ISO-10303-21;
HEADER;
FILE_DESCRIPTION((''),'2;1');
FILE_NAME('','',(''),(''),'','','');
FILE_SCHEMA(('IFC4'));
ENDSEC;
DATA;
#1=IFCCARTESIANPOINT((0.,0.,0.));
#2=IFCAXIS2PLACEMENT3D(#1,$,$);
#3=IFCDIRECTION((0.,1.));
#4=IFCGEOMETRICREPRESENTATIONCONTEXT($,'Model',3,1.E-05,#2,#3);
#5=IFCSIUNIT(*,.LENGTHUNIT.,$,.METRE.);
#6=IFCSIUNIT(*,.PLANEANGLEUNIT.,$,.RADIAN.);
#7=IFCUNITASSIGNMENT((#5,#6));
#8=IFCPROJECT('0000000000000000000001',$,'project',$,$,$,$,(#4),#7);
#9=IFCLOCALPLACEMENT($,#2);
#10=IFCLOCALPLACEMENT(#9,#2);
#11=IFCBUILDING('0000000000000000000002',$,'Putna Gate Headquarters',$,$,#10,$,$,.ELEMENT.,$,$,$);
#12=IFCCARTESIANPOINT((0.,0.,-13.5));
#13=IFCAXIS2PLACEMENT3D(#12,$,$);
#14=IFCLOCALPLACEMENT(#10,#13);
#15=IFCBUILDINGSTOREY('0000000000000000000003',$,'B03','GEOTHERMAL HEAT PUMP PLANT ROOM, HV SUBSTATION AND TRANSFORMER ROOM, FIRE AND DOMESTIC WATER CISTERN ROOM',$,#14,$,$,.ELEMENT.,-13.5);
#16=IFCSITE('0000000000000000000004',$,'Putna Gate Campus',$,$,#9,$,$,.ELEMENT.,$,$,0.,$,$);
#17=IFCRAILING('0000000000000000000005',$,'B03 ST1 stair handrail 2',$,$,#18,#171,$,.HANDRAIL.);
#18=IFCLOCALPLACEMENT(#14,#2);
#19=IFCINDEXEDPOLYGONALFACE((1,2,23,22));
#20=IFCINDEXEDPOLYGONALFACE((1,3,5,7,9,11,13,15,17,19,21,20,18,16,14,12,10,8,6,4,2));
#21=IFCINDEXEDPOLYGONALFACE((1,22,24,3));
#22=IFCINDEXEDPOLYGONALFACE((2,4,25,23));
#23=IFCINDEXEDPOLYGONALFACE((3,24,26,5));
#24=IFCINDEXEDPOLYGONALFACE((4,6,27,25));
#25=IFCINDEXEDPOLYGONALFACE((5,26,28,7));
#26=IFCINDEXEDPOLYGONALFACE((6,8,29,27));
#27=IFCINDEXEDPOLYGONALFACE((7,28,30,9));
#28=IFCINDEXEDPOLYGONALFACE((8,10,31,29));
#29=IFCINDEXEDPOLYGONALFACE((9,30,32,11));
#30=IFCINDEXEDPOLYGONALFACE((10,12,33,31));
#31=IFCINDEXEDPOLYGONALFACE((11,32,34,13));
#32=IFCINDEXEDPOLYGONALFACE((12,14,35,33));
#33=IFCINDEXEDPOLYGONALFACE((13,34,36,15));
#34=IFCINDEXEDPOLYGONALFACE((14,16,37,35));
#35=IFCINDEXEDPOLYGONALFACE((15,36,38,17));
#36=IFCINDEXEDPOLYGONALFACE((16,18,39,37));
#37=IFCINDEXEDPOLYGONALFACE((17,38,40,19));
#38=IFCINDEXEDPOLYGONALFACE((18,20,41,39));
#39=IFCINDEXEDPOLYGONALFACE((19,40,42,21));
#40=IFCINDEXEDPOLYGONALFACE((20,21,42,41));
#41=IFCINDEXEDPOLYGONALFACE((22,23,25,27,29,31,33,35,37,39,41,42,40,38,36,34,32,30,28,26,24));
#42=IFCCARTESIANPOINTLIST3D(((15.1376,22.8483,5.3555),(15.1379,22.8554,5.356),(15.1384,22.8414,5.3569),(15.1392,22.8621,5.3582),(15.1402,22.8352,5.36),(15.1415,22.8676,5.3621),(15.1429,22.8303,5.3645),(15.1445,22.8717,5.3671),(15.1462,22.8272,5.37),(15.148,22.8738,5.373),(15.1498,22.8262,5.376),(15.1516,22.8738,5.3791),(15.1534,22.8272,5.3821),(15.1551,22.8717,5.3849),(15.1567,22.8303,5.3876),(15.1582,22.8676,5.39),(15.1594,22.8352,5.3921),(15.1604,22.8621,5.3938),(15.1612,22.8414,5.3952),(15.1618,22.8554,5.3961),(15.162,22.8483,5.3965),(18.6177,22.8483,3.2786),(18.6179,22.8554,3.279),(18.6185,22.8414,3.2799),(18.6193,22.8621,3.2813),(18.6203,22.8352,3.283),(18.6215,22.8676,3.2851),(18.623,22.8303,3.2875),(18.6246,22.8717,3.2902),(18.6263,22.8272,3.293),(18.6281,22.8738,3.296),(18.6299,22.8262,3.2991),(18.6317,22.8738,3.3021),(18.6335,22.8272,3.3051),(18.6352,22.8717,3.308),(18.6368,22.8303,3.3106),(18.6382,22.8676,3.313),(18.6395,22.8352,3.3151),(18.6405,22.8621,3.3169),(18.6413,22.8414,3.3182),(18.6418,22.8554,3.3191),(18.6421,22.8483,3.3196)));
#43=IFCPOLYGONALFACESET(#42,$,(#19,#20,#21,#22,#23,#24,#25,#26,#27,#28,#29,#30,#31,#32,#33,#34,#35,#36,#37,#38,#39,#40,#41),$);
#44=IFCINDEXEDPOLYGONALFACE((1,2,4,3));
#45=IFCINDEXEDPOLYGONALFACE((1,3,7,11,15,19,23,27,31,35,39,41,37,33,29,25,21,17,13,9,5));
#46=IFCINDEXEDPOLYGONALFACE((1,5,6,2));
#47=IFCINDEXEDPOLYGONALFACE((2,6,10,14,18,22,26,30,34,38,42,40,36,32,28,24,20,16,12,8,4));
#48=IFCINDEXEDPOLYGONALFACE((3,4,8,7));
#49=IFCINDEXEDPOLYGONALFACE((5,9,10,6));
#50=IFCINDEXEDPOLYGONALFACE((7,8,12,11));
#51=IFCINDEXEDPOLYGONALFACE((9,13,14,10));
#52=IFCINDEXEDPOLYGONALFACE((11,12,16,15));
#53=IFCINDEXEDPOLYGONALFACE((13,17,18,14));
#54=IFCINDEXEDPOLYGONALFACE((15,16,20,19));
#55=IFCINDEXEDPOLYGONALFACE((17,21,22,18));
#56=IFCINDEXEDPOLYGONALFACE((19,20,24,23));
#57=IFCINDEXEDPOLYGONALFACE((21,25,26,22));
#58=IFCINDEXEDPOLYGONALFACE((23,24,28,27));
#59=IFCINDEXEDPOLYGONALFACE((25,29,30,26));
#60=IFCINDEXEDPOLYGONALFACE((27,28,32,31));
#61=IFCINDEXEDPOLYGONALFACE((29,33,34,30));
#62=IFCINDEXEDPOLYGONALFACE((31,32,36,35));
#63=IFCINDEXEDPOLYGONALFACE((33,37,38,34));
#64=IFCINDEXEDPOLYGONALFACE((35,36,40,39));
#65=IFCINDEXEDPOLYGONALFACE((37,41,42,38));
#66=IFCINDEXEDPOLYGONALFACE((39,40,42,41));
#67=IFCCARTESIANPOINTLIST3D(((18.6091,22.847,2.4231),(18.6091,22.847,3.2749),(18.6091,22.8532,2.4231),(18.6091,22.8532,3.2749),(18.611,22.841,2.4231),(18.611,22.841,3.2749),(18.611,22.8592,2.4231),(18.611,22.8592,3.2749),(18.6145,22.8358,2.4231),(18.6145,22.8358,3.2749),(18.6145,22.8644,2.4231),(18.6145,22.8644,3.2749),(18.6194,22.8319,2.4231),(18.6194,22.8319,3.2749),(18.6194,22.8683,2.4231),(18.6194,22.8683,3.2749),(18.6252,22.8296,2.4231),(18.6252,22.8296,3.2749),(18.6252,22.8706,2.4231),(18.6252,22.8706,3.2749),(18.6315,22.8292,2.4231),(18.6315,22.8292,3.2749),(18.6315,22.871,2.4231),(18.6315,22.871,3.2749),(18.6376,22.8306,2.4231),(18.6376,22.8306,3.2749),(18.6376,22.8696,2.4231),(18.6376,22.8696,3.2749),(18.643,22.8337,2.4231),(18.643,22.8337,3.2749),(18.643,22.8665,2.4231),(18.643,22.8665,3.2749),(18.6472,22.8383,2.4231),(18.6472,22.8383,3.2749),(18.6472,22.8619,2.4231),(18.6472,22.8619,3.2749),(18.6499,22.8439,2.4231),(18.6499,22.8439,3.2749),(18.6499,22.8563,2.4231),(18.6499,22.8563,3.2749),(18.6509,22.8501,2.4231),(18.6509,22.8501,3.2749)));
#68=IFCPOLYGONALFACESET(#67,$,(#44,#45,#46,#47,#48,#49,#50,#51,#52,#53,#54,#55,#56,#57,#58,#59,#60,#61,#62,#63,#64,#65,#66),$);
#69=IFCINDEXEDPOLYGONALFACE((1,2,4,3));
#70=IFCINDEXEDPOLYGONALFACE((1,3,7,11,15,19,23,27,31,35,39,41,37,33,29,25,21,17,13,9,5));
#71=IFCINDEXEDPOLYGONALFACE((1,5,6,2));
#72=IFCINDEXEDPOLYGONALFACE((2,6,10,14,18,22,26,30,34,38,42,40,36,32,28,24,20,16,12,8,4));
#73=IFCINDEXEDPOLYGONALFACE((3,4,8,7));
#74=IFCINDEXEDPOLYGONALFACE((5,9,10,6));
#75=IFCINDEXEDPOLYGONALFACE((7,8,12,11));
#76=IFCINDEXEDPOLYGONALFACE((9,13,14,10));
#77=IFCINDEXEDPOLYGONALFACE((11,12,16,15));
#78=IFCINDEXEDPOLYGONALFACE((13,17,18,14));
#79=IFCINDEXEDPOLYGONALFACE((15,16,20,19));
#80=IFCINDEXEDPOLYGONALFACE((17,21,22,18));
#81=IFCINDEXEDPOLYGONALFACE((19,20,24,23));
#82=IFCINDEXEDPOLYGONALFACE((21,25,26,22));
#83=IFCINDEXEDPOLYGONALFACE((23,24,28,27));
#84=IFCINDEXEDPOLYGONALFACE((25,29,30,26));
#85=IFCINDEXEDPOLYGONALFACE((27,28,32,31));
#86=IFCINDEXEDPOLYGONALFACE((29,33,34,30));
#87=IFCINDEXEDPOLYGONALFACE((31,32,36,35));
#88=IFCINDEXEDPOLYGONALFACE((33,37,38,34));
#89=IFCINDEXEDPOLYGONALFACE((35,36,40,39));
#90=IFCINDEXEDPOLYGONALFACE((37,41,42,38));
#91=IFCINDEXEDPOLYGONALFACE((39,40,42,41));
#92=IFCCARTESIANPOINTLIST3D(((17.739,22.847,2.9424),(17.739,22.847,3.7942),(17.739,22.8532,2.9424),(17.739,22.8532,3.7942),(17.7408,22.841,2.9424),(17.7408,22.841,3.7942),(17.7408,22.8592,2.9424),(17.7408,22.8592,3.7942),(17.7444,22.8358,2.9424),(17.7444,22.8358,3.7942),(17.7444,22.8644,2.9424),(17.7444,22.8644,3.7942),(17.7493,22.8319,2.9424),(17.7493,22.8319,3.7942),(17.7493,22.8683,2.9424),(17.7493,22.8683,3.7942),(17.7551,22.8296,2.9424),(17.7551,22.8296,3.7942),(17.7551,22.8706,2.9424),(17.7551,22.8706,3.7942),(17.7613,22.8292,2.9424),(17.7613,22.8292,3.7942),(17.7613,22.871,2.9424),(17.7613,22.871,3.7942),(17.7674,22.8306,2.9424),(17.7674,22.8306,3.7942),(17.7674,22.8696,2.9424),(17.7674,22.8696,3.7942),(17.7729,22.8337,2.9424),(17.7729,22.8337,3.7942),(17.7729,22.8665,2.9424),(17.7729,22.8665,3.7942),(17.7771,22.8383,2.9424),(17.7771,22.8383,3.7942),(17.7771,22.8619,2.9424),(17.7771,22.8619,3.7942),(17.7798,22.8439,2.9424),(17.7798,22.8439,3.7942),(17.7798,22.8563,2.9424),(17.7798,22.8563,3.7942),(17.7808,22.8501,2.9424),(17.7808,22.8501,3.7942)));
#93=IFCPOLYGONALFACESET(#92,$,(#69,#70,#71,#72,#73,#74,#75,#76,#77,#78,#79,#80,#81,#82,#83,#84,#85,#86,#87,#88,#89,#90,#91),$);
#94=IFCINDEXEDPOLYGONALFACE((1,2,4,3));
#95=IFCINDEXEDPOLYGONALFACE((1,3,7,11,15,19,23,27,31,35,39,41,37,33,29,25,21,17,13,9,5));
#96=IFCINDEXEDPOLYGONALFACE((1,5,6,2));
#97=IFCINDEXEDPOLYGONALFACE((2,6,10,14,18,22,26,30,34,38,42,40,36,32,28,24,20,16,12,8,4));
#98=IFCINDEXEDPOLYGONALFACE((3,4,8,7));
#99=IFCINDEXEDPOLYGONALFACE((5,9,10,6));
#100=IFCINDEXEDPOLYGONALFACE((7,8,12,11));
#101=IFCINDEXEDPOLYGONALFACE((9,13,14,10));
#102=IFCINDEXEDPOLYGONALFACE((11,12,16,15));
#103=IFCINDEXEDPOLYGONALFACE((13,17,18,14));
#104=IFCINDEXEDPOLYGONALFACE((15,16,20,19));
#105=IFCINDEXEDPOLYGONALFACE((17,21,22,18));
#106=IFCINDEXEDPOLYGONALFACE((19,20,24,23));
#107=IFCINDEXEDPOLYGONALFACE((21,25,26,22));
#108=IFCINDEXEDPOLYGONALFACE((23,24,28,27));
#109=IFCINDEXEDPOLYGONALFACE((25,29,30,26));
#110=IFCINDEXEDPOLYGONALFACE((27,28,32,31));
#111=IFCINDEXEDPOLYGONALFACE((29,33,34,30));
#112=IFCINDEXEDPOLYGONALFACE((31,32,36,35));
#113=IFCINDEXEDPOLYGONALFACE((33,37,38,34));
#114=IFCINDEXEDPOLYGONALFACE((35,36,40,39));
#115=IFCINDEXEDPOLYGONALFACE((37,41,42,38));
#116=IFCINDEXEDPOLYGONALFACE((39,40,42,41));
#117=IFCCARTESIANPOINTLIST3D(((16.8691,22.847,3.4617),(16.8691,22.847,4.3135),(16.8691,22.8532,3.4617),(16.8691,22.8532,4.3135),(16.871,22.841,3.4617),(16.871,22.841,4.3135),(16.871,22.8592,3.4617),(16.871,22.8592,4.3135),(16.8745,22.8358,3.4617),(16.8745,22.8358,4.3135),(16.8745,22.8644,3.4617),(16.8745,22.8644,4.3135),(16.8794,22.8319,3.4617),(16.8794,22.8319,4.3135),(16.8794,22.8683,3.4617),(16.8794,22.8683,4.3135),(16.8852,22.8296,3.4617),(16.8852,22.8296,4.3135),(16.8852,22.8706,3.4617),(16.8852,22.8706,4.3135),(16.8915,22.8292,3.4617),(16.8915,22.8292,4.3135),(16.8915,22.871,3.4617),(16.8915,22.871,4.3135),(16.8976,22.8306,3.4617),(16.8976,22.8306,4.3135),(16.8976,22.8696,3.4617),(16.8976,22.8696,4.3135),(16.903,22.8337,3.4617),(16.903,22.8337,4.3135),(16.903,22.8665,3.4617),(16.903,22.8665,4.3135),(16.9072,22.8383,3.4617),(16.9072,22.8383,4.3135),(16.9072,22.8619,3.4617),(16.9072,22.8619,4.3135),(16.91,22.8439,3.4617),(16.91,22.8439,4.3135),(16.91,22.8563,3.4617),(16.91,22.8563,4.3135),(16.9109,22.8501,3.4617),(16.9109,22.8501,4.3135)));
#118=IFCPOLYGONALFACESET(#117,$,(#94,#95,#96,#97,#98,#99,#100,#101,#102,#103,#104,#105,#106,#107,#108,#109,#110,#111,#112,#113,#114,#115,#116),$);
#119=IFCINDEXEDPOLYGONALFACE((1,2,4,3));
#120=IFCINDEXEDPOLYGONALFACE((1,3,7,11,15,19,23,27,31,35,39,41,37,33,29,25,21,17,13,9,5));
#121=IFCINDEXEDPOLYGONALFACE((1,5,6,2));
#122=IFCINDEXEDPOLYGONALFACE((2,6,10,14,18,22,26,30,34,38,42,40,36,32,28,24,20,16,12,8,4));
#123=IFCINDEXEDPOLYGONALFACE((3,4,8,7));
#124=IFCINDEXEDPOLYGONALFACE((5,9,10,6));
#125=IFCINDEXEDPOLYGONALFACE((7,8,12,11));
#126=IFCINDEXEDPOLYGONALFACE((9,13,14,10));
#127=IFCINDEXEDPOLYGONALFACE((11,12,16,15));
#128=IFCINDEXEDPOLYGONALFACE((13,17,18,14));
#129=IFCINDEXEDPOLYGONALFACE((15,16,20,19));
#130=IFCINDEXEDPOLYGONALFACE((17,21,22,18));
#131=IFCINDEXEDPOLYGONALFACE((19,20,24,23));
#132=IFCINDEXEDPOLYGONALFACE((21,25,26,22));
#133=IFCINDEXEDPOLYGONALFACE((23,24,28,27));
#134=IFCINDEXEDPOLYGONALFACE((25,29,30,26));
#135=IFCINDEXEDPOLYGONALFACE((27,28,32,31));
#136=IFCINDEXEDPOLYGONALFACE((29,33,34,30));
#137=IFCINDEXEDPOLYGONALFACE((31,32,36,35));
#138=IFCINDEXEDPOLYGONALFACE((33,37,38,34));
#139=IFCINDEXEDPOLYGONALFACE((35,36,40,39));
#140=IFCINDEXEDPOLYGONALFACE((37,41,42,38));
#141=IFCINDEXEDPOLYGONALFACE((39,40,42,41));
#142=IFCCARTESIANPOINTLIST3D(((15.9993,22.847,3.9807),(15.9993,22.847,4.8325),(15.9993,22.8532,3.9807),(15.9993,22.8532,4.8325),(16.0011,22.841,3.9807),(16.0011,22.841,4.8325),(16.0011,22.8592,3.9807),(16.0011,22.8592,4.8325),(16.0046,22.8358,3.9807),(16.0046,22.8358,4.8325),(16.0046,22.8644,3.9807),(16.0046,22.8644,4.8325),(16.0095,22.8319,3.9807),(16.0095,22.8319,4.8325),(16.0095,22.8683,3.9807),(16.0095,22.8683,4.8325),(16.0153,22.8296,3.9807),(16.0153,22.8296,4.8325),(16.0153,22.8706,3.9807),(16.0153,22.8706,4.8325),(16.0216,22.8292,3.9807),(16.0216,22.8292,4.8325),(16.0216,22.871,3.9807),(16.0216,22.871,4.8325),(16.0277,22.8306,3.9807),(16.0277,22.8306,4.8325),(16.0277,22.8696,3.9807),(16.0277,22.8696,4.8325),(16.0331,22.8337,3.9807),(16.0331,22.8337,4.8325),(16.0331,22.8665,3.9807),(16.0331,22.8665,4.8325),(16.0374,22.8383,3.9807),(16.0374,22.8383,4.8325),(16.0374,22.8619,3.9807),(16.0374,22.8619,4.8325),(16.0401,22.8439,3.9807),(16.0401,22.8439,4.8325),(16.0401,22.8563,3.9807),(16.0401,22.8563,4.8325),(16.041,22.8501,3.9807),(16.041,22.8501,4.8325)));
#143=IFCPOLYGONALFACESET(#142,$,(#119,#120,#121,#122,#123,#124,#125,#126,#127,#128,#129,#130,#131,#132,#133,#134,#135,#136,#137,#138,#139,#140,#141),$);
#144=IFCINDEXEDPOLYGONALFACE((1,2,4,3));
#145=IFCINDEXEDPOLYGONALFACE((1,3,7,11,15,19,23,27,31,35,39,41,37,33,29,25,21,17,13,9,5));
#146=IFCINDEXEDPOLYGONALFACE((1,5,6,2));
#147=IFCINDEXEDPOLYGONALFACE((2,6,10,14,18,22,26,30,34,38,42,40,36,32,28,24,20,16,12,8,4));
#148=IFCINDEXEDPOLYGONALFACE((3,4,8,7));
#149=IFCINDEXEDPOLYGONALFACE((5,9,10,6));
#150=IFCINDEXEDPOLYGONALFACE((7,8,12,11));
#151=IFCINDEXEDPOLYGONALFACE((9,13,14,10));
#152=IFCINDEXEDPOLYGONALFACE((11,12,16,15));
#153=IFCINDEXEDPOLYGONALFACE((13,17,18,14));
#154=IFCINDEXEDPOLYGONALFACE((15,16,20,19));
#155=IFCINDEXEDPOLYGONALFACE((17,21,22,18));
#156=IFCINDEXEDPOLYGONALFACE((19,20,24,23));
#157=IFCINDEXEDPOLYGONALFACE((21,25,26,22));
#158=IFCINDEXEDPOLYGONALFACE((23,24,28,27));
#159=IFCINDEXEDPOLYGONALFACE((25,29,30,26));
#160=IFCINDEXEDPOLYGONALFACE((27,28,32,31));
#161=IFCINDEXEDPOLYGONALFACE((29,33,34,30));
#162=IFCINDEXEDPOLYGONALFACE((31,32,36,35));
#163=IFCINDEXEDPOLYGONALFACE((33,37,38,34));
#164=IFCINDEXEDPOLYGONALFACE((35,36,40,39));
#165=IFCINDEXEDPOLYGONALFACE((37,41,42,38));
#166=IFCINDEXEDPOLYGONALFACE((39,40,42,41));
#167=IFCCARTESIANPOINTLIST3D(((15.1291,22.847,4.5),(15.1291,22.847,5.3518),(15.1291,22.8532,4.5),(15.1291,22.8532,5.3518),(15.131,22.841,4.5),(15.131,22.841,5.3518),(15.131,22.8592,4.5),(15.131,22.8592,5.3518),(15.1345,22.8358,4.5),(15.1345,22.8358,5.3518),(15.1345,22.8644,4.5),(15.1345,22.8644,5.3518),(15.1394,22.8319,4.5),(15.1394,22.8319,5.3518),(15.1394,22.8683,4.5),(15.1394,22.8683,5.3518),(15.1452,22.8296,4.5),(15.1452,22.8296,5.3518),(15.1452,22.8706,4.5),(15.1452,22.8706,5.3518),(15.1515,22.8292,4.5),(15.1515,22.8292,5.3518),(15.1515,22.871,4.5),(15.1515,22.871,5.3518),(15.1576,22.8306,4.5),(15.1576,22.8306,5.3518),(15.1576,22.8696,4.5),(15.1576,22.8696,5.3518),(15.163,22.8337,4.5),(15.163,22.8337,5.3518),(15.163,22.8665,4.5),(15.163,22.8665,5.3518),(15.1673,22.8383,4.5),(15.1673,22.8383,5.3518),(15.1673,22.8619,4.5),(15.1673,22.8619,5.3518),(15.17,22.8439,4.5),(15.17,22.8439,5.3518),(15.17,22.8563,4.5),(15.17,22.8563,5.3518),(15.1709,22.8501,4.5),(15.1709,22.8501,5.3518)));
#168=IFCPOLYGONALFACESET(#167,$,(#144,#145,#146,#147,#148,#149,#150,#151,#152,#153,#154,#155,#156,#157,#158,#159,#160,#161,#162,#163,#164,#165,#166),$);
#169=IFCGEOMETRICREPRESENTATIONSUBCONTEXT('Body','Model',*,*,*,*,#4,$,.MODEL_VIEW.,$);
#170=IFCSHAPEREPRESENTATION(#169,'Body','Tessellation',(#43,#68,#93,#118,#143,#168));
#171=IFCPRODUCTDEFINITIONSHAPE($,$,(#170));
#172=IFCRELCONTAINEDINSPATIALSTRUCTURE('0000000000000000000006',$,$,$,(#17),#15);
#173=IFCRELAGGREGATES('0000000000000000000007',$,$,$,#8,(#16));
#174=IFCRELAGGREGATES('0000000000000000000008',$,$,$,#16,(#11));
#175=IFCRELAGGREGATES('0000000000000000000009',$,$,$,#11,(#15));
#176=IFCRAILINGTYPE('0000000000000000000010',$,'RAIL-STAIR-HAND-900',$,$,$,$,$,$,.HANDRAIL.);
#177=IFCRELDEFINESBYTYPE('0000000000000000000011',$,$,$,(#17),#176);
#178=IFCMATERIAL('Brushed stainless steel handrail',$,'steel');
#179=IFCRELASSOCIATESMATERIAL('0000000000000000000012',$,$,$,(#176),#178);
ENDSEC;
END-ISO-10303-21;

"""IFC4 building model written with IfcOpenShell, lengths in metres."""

from ifc_helpers import new_model, si_unit, direction, frame, origin, origin_2d, place, context, subcontext, project, spatial, circle, extrude, material, type_object, element, save


model = new_model("IFC4")

# Units and contexts
model_context = context("Model", 3, precision=1e-05, world=origin(), true_north=direction((0.0, 1.0)))
body_context = subcontext(model_context, "Body", "Model", "MODEL_VIEW")
ifc_project = project(units=[si_unit("LENGTHUNIT", "METRE"), si_unit("PLANEANGLEUNIT", "RADIAN")], contexts=[model_context])

# Site, building, storey
site_placement = place(None, origin())
site = spatial("IfcSite", under=ifc_project, at=site_placement, Name="Putna Gate Campus", CompositionType="ELEMENT", RefElevation=0.0)
building_placement = place(site_placement, origin())
building = spatial("IfcBuilding", under=site, at=building_placement, Name="Putna Gate Headquarters", CompositionType="ELEMENT")
storey_placement = place(building_placement, frame((0.0, 0.0, -13.5)))
storey = spatial("IfcBuildingStorey", under=building, at=storey_placement, Name="B03", Description="GEOTHERMAL HEAT PUMP PLANT ROOM, HV SUBSTATION AND TRANSFORMER ROOM, FIRE AND DOMESTIC WATER CISTERN ROOM", CompositionType="ELEMENT", Elevation=-13.5)

# Railing
ifc_material_1 = material(Name="Brushed stainless steel handrail", Category="steel")
railing_type_1 = type_object("IfcRailingType", Name="RAIL-STAIR-HAND-900", PredefinedType="HANDRAIL", material=ifc_material_1)
railing_1_placement = place(storey_placement, frame((18.6299, 22.8501, 2.4231)))
element("IfcRailing", 1, at=railing_1_placement, inside=storey, type_object=railing_type_1, Name="B03 ST1 stair handrail 2", PredefinedType="HANDRAIL", context=body_context, shape_type="SweptSolid", body=[
    extrude(circle(Radius=0.0239, at=origin_2d()), frame((0.0, 0.0, 0.876), z_axis=(-0.858697, 0.0, 0.512483), x_axis=(0.0, -1.0, 0.0)), (0.0, 0.0, 1.0), 4.0527),
    extrude(circle(Radius=0.021, at=origin_2d()), origin(), (0.0, 0.0, 1.0), 0.8518),
    extrude(circle(Radius=0.021, at=origin_2d()), frame((-0.8701, 0.0, 0.5193)), (0.0, 0.0, 1.0), 0.8518),
    extrude(circle(Radius=0.021, at=origin_2d()), frame((-1.74, 0.0, 1.0386)), (0.0, 0.0, 1.0), 0.8518),
    extrude(circle(Radius=0.021, at=origin_2d()), frame((-2.6099, 0.0, 1.5576)), (0.0, 0.0, 1.0), 0.8518),
    extrude(circle(Radius=0.021, at=origin_2d()), frame((-3.48, 0.0, 2.0769)), (0.0, 0.0, 1.0), 0.8518),
])

save(model, "model.ifc")
